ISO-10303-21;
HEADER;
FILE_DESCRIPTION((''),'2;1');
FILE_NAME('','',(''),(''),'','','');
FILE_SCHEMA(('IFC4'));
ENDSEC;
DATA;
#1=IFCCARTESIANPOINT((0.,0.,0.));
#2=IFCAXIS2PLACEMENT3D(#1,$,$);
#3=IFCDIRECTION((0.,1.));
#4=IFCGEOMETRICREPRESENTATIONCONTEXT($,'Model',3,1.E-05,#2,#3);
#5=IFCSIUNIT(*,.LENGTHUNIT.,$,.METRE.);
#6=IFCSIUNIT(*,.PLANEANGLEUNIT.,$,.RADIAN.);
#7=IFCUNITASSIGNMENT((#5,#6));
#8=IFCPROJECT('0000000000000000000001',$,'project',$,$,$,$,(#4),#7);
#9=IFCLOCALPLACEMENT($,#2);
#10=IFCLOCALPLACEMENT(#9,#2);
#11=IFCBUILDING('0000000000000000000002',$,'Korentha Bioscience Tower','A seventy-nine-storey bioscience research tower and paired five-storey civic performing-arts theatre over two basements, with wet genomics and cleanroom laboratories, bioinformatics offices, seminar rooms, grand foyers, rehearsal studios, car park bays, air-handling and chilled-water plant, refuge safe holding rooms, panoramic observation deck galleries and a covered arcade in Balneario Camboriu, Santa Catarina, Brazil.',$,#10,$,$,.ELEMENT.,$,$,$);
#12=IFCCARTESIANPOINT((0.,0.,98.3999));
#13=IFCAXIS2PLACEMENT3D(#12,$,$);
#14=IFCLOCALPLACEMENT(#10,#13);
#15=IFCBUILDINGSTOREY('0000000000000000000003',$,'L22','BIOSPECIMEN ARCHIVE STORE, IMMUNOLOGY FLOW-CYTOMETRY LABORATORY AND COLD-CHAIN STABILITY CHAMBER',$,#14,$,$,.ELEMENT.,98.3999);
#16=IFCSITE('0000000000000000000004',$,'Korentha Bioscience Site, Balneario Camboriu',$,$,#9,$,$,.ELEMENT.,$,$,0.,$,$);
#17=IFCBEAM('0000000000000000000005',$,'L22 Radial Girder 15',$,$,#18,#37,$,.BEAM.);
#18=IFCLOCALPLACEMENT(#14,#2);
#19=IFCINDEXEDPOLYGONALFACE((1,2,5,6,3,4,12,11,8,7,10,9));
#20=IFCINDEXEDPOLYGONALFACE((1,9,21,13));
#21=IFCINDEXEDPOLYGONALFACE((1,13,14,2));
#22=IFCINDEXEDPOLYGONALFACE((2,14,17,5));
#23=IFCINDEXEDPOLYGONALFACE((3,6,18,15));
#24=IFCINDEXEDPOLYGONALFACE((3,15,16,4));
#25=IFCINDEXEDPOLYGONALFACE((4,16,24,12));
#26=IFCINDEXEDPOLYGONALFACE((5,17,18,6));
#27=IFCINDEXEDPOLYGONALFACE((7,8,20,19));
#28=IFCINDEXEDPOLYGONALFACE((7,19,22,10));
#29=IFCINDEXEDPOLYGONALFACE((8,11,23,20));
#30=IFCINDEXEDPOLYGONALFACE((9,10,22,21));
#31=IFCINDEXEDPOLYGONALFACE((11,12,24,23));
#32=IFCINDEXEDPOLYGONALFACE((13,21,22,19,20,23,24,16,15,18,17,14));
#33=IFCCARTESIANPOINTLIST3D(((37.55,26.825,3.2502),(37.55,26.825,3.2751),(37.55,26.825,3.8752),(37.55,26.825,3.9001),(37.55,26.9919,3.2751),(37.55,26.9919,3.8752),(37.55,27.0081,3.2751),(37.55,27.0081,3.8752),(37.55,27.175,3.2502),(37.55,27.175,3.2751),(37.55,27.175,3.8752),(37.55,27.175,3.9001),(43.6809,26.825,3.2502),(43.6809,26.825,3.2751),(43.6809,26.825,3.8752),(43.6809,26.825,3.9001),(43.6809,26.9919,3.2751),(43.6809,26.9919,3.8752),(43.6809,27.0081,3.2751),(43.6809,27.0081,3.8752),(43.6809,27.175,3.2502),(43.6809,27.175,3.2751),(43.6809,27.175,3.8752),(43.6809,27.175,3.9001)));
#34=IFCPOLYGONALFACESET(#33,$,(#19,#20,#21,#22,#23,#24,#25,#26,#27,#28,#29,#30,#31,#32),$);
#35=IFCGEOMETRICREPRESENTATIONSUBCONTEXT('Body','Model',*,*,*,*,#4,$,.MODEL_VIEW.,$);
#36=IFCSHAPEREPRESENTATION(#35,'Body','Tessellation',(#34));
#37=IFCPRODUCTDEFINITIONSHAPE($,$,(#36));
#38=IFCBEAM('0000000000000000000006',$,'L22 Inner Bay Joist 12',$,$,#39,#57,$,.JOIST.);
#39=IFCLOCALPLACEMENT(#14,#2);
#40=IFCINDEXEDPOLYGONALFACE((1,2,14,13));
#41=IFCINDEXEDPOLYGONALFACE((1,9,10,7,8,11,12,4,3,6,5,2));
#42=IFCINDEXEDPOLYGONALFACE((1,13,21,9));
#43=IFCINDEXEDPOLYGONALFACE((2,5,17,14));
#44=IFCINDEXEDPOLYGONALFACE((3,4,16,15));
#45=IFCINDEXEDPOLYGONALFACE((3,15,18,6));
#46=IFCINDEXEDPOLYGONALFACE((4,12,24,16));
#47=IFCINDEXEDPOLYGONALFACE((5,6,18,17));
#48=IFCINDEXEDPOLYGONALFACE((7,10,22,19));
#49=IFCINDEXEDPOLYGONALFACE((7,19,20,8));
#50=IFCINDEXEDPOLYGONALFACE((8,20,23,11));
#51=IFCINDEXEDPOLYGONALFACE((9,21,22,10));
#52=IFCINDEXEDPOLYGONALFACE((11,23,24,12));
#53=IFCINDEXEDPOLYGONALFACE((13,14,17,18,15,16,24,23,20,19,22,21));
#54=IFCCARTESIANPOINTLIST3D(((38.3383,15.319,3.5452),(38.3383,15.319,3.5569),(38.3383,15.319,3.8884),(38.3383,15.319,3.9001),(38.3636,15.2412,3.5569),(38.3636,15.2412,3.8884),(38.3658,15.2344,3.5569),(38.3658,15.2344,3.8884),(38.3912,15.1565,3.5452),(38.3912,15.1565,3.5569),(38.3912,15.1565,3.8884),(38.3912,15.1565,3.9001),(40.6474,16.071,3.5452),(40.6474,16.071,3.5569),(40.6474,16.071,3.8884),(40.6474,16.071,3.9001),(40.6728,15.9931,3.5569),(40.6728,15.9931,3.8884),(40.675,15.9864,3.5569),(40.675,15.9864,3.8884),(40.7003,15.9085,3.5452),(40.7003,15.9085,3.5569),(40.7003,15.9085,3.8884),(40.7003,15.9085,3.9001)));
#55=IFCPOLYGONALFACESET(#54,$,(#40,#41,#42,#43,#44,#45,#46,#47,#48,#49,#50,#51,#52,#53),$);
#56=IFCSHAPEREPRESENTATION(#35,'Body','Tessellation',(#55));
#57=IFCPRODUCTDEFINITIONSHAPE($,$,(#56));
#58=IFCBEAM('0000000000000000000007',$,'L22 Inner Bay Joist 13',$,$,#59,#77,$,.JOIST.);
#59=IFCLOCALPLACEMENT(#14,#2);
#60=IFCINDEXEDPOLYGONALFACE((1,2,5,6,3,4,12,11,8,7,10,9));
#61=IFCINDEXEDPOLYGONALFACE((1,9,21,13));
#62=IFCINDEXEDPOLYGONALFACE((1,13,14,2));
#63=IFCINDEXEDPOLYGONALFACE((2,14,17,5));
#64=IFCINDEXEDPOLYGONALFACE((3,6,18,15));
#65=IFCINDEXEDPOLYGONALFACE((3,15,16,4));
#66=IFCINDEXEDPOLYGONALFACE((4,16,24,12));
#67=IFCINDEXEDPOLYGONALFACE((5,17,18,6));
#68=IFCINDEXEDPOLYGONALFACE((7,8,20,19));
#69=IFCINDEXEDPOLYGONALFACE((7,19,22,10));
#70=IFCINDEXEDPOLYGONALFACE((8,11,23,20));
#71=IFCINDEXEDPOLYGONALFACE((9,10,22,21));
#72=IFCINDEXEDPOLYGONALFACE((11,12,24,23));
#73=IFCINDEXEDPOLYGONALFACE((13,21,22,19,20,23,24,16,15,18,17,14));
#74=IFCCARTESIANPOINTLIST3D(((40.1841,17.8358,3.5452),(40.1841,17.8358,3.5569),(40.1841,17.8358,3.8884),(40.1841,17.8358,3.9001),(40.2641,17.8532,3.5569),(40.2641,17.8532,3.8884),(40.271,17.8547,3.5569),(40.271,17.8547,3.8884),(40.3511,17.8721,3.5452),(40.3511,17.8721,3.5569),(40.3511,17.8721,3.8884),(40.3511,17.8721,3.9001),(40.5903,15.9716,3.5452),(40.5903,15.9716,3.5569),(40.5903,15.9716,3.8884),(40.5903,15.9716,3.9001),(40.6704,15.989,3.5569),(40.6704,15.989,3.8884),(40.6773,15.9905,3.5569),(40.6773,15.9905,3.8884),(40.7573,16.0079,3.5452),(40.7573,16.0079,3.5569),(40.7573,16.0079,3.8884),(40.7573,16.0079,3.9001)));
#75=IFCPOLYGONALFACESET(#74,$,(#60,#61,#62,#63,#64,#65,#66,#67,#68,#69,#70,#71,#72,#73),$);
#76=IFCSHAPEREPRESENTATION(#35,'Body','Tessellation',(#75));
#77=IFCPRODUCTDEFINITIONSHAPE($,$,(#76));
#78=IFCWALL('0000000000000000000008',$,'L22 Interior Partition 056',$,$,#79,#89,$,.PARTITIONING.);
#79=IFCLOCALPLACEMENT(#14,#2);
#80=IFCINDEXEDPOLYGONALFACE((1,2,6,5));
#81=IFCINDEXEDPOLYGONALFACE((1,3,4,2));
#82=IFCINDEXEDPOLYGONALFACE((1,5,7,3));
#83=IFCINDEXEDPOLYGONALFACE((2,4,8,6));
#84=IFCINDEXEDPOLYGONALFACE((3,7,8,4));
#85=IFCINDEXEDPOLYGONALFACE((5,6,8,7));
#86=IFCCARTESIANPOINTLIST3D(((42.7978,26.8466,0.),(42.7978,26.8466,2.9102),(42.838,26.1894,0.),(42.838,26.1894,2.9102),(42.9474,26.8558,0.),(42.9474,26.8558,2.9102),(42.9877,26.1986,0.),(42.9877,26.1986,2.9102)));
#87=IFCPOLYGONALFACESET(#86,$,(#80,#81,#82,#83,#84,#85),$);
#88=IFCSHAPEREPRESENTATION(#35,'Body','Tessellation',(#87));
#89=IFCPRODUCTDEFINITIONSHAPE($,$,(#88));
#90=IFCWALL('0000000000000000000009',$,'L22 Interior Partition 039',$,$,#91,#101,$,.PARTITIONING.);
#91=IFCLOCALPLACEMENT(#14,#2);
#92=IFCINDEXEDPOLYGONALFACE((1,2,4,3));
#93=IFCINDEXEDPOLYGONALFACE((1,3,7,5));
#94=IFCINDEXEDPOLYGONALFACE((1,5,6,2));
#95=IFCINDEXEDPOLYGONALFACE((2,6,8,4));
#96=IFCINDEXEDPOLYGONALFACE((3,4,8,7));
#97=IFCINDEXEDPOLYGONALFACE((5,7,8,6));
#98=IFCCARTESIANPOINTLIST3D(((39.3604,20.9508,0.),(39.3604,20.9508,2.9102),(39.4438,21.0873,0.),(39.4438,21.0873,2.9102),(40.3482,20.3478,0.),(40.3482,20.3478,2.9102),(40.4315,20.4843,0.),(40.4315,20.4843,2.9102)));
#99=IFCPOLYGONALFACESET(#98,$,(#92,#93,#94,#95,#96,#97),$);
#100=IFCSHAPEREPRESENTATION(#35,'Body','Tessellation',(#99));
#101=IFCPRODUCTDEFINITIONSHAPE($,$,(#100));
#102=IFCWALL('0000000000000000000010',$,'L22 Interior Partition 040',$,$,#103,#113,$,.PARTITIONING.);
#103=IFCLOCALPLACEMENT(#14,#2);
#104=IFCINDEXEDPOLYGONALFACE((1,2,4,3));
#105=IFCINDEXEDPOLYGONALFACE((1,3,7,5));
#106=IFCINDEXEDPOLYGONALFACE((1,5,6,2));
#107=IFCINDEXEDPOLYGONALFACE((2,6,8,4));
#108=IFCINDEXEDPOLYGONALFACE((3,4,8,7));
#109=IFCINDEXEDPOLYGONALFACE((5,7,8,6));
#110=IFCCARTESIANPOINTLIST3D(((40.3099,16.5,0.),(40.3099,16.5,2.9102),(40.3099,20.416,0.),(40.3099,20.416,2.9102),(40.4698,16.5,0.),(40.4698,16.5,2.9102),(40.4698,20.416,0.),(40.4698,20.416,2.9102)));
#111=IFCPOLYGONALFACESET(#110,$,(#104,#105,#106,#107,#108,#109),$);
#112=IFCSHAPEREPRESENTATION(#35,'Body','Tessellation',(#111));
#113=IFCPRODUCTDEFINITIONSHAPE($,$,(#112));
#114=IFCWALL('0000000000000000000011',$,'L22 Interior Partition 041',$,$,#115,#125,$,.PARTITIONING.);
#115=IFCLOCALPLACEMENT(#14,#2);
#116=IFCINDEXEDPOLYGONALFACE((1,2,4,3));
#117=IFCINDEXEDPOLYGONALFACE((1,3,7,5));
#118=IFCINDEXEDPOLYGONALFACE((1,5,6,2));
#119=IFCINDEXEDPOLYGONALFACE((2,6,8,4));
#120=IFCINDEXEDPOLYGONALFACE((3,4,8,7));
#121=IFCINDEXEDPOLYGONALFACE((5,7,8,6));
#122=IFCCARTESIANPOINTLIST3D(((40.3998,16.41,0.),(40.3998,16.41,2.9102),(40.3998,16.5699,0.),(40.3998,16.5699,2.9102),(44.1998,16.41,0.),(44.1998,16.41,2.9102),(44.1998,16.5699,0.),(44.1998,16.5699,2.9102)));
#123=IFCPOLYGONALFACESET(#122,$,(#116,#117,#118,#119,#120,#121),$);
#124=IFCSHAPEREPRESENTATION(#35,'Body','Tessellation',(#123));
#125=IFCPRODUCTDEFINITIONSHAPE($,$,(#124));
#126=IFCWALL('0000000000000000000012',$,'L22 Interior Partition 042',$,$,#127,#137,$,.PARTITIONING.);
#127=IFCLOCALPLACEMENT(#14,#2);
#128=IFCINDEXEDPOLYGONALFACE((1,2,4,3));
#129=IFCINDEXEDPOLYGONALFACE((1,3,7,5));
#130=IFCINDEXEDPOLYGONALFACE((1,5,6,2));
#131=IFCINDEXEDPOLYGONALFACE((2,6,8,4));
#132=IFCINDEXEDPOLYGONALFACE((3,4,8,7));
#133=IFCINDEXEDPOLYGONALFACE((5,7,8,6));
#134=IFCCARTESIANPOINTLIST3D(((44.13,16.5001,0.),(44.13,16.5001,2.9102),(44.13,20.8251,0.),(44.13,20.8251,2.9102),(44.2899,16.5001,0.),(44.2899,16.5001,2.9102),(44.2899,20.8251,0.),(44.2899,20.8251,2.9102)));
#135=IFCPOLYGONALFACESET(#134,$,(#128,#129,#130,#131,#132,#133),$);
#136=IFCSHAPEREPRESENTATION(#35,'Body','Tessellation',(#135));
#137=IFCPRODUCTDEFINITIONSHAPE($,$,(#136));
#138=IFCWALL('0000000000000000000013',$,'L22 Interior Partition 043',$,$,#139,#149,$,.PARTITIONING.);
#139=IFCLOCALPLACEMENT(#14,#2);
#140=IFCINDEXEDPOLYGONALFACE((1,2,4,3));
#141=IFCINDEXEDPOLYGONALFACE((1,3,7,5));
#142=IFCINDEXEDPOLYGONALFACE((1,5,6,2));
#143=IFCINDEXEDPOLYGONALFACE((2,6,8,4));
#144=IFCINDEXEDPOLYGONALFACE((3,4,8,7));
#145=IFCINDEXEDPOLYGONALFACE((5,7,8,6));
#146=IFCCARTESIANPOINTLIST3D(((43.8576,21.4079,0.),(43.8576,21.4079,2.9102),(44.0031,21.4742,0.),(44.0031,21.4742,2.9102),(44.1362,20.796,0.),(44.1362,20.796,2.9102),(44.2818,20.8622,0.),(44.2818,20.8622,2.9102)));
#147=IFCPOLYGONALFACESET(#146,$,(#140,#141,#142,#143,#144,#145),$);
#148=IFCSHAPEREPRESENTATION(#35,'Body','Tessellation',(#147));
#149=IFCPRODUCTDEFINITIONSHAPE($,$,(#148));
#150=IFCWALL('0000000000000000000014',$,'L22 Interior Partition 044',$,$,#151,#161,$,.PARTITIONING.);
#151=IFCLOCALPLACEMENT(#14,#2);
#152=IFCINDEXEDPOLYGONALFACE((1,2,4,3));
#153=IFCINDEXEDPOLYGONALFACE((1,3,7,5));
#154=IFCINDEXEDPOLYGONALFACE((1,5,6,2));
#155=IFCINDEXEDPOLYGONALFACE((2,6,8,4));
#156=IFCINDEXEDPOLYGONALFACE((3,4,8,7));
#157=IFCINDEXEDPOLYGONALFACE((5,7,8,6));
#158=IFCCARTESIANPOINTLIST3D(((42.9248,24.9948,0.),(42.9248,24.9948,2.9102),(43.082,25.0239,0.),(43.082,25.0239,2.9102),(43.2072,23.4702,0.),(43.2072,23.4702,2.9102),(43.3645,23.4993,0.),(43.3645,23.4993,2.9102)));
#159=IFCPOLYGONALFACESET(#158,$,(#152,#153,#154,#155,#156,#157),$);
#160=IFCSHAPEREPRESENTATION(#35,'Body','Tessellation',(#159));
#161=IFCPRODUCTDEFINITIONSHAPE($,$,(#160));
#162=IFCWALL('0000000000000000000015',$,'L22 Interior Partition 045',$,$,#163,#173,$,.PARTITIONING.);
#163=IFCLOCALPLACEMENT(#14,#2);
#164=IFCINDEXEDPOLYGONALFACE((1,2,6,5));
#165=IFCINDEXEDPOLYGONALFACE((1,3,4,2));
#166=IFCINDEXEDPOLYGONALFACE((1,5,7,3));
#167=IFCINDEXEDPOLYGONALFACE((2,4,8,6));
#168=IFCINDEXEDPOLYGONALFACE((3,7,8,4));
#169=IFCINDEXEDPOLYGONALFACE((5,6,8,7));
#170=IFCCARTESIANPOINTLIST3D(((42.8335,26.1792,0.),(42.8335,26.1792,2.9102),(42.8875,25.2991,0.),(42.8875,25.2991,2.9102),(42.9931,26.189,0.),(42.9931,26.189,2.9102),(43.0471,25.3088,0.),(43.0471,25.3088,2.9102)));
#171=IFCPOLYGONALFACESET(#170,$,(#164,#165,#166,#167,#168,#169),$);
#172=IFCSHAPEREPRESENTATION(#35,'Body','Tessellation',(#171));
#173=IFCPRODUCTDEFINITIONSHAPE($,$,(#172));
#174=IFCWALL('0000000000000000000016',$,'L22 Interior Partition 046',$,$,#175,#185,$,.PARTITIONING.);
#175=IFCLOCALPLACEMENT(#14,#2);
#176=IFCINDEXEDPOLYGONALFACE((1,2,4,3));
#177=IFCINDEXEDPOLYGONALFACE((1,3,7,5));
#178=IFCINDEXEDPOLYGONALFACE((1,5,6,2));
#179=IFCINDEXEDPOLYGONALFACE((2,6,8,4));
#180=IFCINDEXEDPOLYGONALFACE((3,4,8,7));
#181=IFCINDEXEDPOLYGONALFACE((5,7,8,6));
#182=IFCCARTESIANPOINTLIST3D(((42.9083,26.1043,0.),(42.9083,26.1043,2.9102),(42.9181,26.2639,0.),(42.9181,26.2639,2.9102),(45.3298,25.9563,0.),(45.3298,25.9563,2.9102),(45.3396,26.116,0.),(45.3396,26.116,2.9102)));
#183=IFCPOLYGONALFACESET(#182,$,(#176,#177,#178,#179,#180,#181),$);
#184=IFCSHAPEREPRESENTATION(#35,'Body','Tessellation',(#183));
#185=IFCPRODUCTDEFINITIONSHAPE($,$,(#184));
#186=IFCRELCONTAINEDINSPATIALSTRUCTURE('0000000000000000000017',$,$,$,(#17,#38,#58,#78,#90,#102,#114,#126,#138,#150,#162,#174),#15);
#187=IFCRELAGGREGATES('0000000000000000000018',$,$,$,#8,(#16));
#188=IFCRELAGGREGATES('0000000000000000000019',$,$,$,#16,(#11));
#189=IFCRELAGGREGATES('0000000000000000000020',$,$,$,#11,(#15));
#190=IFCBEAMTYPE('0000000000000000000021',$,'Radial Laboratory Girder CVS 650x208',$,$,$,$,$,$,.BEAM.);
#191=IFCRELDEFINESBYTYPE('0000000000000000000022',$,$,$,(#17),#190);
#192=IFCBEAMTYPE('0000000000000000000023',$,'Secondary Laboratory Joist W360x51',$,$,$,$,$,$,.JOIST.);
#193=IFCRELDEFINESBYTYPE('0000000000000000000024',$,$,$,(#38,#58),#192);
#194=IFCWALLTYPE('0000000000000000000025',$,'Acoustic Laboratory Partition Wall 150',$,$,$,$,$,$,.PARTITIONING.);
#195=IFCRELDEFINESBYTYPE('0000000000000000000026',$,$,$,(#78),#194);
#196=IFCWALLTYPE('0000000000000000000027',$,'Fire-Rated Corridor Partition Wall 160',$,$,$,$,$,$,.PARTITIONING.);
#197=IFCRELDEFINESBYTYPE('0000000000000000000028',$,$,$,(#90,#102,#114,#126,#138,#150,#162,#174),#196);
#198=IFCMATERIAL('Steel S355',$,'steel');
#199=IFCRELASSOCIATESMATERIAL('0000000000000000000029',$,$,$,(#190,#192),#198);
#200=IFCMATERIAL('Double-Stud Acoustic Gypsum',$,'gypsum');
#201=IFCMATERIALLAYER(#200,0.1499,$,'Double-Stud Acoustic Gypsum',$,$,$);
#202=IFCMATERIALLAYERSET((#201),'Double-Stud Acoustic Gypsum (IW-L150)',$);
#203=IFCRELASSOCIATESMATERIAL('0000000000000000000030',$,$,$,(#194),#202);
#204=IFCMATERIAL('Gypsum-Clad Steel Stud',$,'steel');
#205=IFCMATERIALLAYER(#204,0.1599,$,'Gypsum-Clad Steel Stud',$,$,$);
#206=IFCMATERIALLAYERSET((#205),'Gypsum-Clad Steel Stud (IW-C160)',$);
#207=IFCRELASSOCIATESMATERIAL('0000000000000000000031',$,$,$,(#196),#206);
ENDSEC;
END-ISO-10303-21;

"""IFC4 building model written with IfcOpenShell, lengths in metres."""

from ifc_helpers import new_model, si_unit, direction, frame, frame_2d, origin, origin_2d, place, context, subcontext, project, spatial, rectangle, i_section, extrude, material, layer, layer_set, material_profile, profile_set, type_object, element, save


model = new_model("IFC4")

# Units and contexts
model_context = context("Model", 3, precision=1e-05, world=origin(), true_north=direction((0.0, 1.0)))
body_context = subcontext(model_context, "Body", "Model", "MODEL_VIEW")
ifc_project = project(units=[si_unit("LENGTHUNIT", "METRE"), si_unit("PLANEANGLEUNIT", "RADIAN")], contexts=[model_context])

# Site, building, storey
site_placement = place(None, origin())
site = spatial("IfcSite", under=ifc_project, at=site_placement, Name="Korentha Bioscience Site, Balneario Camboriu", CompositionType="ELEMENT", RefElevation=0.0)
building_placement = place(site_placement, origin())
building = spatial("IfcBuilding", under=site, at=building_placement, Name="Korentha Bioscience Tower", Description="A seventy-nine-storey bioscience research tower and paired five-storey civic performing-arts theatre over two basements, with wet genomics and cleanroom laboratories, bioinformatics offices, seminar rooms, grand foyers, rehearsal studios, car park bays, air-handling and chilled-water plant, refuge safe holding rooms, panoramic observation deck galleries and a covered arcade in Balneario Camboriu, Santa Catarina, Brazil.", CompositionType="ELEMENT")
storey_placement = place(building_placement, frame((0.0, 0.0, 98.3999)))
storey = spatial("IfcBuildingStorey", under=building, at=storey_placement, Name="L22", Description="BIOSPECIMEN ARCHIVE STORE, IMMUNOLOGY FLOW-CYTOMETRY LABORATORY AND COLD-CHAIN STABILITY CHAMBER", CompositionType="ELEMENT", Elevation=98.3999)

# Beams
ifc_material_1 = material(Name="Steel S355", Category="steel")
ifc_material_profile_1 = material_profile(ifc_material_1, i_section(OverallWidth=0.3501, OverallDepth=0.6499, WebThickness=0.0161, FlangeThickness=0.0249, at=origin_2d()), Name="Steel S355")
ifc_profile_set_1 = profile_set([ifc_material_profile_1], Name="Steel S355 (RB-650)")
beam_type_1 = type_object("IfcBeamType", Name="Radial Laboratory Girder CVS 650x208", PredefinedType="BEAM", material=ifc_profile_set_1)
beam_1_placement = place(storey_placement, frame((37.55, 27.0, 3.5752), z_axis=(1.0, 0.0, 0.0), x_axis=(0.0, 1.0, 0.0)))
element("IfcBeam", 1, at=beam_1_placement, inside=storey, type_object=beam_type_1, Name="L22 Radial Girder 15", PredefinedType="BEAM", context=body_context, shape_type="SweptSolid", body=[
    extrude(i_section(OverallWidth=0.3501, OverallDepth=0.6499, WebThickness=0.0161, FlangeThickness=0.0249, at=origin_2d()), origin(), (0.0, 0.0, 1.0), 6.1309),
])
ifc_material_profile_2 = material_profile(ifc_material_1, i_section(OverallWidth=0.1709, OverallDepth=0.355, WebThickness=0.0071, FlangeThickness=0.0117, at=origin_2d()), Name="Steel S355")
ifc_profile_set_2 = profile_set([ifc_material_profile_2], Name="Steel S355 (JB-360)")
beam_type_2 = type_object("IfcBeamType", Name="Secondary Laboratory Joist W360x51", PredefinedType="JOIST", material=ifc_profile_set_2)
beam_2_placement = place(storey_placement, frame((38.3647, 15.2378, 3.7227), z_axis=(0.950852, 0.309645, 0.0), x_axis=(-0.309645, 0.950852, 0.0)))
element("IfcBeam", 2, at=beam_2_placement, inside=storey, type_object=beam_type_2, Name="L22 Inner Bay Joist 12", PredefinedType="JOIST", context=body_context, shape_type="SweptSolid", body=[
    extrude(i_section(OverallWidth=0.1709, OverallDepth=0.355, WebThickness=0.0071, FlangeThickness=0.0117, at=origin_2d()), origin(), (0.0, 0.0, 1.0), 2.4285),
])
beam_3_placement = place(storey_placement, frame((40.6738, 15.9897, 3.7227), z_axis=(-0.212918, 0.97707, 0.0), x_axis=(-0.97707, -0.212918, 0.0)))
element("IfcBeam", 3, at=beam_3_placement, inside=storey, type_object=beam_type_2, Name="L22 Inner Bay Joist 13", PredefinedType="JOIST", context=body_context, shape_type="SweptSolid", body=[
    extrude(i_section(OverallWidth=0.1709, OverallDepth=0.355, WebThickness=0.0071, FlangeThickness=0.0117, at=origin_2d()), origin(), (0.0, 0.0, 1.0), 1.908),
])

# Wall
ifc_material_2 = material(Name="Double-Stud Acoustic Gypsum", Category="gypsum")
ifc_layer_1 = layer(ifc_material_2, 0.1499, Name="Double-Stud Acoustic Gypsum")
ifc_layer_set_1 = layer_set([ifc_layer_1], Name="Double-Stud Acoustic Gypsum (IW-L150)")
wall_type_1 = type_object("IfcWallType", Name="Acoustic Laboratory Partition Wall 150", PredefinedType="PARTITIONING", material=ifc_layer_set_1)
wall_1_placement = place(storey_placement, frame((42.9128, 26.1941, 0.0), z_axis=(0.0, 0.0, 1.0), x_axis=(-0.061178, 0.998127, 0.0)))
element("IfcWall", 4, at=wall_1_placement, inside=storey, type_object=wall_type_1, Name="L22 Interior Partition 056", PredefinedType="PARTITIONING", context=body_context, shape_type="SweptSolid", body=[
    extrude(rectangle(XDim=0.6584, YDim=0.1499, at=frame_2d((0.3291, 0.0))), origin(), (0.0, 0.0, 1.0), 2.9102),
])

# Shared definitions
ifc_material_3 = material(Name="Gypsum-Clad Steel Stud", Category="steel")
ifc_layer_2 = layer(ifc_material_3, 0.1599, Name="Gypsum-Clad Steel Stud")
ifc_layer_set_2 = layer_set([ifc_layer_2], Name="Gypsum-Clad Steel Stud (IW-C160)")
wall_type_2 = type_object("IfcWallType", Name="Fire-Rated Corridor Partition Wall 160", PredefinedType="PARTITIONING", material=ifc_layer_set_2)

# Walls
wall_2_placement = place(storey_placement, frame((39.4021, 21.019, 0.0), z_axis=(0.0, 0.0, 1.0), x_axis=(0.853522, -0.521057, 0.0)))
element("IfcWall", 5, at=wall_2_placement, inside=storey, type_object=wall_type_2, Name="L22 Interior Partition 039", PredefinedType="PARTITIONING", context=body_context, shape_type="SweptSolid", body=[
    extrude(rectangle(XDim=1.1572, YDim=0.1599, at=frame_2d((0.5786, 0.0))), origin(), (0.0, 0.0, 1.0), 2.9102),
])
wall_3_placement = place(storey_placement, frame((40.3899, 20.416, 0.0), z_axis=(0.0, 0.0, 1.0), x_axis=(0.0, -1.0, 0.0)))
element("IfcWall", 6, at=wall_3_placement, inside=storey, type_object=wall_type_2, Name="L22 Interior Partition 040", PredefinedType="PARTITIONING", context=body_context, shape_type="SweptSolid", body=[
    extrude(rectangle(XDim=3.916, YDim=0.1599, at=frame_2d((1.958, 0.0))), origin(), (0.0, 0.0, 1.0), 2.9102),
])
wall_4_placement = place(storey_placement, frame((40.3999, 16.49, 0.0), z_axis=(0.0, 0.0, 1.0), x_axis=(1.0, 0.0, 0.0)))
element("IfcWall", 7, at=wall_4_placement, inside=storey, type_object=wall_type_2, Name="L22 Interior Partition 041", PredefinedType="PARTITIONING", context=body_context, shape_type="SweptSolid", body=[
    extrude(rectangle(XDim=3.8, YDim=0.1599, at=frame_2d((1.8999, 0.0))), origin(), (0.0, 0.0, 1.0), 2.9102),
])
wall_5_placement = place(storey_placement, frame((44.21, 16.5, 0.0), z_axis=(0.0, 0.0, 1.0), x_axis=(0.0, 1.0, 0.0)))
element("IfcWall", 8, at=wall_5_placement, inside=storey, type_object=wall_type_2, Name="L22 Interior Partition 042", PredefinedType="PARTITIONING", context=body_context, shape_type="SweptSolid", body=[
    extrude(rectangle(XDim=4.325, YDim=0.1599, at=frame_2d((2.1626, 0.0))), origin(), (0.0, 0.0, 1.0), 2.9102),
])
wall_6_placement = place(storey_placement, frame((44.209, 20.8291, 0.0), z_axis=(0.0, 0.0, 1.0), x_axis=(-0.414377, 0.910105, 0.0)))
element("IfcWall", 9, at=wall_6_placement, inside=storey, type_object=wall_type_2, Name="L22 Interior Partition 043", PredefinedType="PARTITIONING", context=body_context, shape_type="SweptSolid", body=[
    extrude(rectangle(XDim=0.6724, YDim=0.1599, at=frame_2d((0.3362, 0.0))), origin(), (0.0, 0.0, 1.0), 2.9102),
])
wall_7_placement = place(storey_placement, frame((43.2859, 23.4846, 0.0), z_axis=(0.0, 0.0, 1.0), x_axis=(-0.182168, 0.983267, 0.0)))
element("IfcWall", 10, at=wall_7_placement, inside=storey, type_object=wall_type_2, Name="L22 Interior Partition 044", PredefinedType="PARTITIONING", context=body_context, shape_type="SweptSolid", body=[
    extrude(rectangle(XDim=1.5505, YDim=0.1599, at=frame_2d((0.7754, 0.0))), origin(), (0.0, 0.0, 1.0), 2.9102),
])
wall_8_placement = place(storey_placement, frame((42.9673, 25.304, 0.0), z_axis=(0.0, 0.0, 1.0), x_axis=(-0.061189, 0.998126, 0.0)))
element("IfcWall", 11, at=wall_8_placement, inside=storey, type_object=wall_type_2, Name="L22 Interior Partition 045", PredefinedType="PARTITIONING", context=body_context, shape_type="SweptSolid", body=[
    extrude(rectangle(XDim=0.8818, YDim=0.1599, at=frame_2d((0.4409, 0.0))), origin(), (0.0, 0.0, 1.0), 2.9102),
])
wall_9_placement = place(storey_placement, frame((42.9133, 26.1841, 0.0), z_axis=(0.0, 0.0, 1.0), x_axis=(0.998139, -0.060981, 0.0)))
element("IfcWall", 12, at=wall_9_placement, inside=storey, type_object=wall_type_2, Name="L22 Interior Partition 046", PredefinedType="PARTITIONING", context=body_context, shape_type="SweptSolid", body=[
    extrude(rectangle(XDim=2.426, YDim=0.1599, at=frame_2d((1.2129, 0.0))), origin(), (0.0, 0.0, 1.0), 2.9102),
])

save(model, "model.ifc")
